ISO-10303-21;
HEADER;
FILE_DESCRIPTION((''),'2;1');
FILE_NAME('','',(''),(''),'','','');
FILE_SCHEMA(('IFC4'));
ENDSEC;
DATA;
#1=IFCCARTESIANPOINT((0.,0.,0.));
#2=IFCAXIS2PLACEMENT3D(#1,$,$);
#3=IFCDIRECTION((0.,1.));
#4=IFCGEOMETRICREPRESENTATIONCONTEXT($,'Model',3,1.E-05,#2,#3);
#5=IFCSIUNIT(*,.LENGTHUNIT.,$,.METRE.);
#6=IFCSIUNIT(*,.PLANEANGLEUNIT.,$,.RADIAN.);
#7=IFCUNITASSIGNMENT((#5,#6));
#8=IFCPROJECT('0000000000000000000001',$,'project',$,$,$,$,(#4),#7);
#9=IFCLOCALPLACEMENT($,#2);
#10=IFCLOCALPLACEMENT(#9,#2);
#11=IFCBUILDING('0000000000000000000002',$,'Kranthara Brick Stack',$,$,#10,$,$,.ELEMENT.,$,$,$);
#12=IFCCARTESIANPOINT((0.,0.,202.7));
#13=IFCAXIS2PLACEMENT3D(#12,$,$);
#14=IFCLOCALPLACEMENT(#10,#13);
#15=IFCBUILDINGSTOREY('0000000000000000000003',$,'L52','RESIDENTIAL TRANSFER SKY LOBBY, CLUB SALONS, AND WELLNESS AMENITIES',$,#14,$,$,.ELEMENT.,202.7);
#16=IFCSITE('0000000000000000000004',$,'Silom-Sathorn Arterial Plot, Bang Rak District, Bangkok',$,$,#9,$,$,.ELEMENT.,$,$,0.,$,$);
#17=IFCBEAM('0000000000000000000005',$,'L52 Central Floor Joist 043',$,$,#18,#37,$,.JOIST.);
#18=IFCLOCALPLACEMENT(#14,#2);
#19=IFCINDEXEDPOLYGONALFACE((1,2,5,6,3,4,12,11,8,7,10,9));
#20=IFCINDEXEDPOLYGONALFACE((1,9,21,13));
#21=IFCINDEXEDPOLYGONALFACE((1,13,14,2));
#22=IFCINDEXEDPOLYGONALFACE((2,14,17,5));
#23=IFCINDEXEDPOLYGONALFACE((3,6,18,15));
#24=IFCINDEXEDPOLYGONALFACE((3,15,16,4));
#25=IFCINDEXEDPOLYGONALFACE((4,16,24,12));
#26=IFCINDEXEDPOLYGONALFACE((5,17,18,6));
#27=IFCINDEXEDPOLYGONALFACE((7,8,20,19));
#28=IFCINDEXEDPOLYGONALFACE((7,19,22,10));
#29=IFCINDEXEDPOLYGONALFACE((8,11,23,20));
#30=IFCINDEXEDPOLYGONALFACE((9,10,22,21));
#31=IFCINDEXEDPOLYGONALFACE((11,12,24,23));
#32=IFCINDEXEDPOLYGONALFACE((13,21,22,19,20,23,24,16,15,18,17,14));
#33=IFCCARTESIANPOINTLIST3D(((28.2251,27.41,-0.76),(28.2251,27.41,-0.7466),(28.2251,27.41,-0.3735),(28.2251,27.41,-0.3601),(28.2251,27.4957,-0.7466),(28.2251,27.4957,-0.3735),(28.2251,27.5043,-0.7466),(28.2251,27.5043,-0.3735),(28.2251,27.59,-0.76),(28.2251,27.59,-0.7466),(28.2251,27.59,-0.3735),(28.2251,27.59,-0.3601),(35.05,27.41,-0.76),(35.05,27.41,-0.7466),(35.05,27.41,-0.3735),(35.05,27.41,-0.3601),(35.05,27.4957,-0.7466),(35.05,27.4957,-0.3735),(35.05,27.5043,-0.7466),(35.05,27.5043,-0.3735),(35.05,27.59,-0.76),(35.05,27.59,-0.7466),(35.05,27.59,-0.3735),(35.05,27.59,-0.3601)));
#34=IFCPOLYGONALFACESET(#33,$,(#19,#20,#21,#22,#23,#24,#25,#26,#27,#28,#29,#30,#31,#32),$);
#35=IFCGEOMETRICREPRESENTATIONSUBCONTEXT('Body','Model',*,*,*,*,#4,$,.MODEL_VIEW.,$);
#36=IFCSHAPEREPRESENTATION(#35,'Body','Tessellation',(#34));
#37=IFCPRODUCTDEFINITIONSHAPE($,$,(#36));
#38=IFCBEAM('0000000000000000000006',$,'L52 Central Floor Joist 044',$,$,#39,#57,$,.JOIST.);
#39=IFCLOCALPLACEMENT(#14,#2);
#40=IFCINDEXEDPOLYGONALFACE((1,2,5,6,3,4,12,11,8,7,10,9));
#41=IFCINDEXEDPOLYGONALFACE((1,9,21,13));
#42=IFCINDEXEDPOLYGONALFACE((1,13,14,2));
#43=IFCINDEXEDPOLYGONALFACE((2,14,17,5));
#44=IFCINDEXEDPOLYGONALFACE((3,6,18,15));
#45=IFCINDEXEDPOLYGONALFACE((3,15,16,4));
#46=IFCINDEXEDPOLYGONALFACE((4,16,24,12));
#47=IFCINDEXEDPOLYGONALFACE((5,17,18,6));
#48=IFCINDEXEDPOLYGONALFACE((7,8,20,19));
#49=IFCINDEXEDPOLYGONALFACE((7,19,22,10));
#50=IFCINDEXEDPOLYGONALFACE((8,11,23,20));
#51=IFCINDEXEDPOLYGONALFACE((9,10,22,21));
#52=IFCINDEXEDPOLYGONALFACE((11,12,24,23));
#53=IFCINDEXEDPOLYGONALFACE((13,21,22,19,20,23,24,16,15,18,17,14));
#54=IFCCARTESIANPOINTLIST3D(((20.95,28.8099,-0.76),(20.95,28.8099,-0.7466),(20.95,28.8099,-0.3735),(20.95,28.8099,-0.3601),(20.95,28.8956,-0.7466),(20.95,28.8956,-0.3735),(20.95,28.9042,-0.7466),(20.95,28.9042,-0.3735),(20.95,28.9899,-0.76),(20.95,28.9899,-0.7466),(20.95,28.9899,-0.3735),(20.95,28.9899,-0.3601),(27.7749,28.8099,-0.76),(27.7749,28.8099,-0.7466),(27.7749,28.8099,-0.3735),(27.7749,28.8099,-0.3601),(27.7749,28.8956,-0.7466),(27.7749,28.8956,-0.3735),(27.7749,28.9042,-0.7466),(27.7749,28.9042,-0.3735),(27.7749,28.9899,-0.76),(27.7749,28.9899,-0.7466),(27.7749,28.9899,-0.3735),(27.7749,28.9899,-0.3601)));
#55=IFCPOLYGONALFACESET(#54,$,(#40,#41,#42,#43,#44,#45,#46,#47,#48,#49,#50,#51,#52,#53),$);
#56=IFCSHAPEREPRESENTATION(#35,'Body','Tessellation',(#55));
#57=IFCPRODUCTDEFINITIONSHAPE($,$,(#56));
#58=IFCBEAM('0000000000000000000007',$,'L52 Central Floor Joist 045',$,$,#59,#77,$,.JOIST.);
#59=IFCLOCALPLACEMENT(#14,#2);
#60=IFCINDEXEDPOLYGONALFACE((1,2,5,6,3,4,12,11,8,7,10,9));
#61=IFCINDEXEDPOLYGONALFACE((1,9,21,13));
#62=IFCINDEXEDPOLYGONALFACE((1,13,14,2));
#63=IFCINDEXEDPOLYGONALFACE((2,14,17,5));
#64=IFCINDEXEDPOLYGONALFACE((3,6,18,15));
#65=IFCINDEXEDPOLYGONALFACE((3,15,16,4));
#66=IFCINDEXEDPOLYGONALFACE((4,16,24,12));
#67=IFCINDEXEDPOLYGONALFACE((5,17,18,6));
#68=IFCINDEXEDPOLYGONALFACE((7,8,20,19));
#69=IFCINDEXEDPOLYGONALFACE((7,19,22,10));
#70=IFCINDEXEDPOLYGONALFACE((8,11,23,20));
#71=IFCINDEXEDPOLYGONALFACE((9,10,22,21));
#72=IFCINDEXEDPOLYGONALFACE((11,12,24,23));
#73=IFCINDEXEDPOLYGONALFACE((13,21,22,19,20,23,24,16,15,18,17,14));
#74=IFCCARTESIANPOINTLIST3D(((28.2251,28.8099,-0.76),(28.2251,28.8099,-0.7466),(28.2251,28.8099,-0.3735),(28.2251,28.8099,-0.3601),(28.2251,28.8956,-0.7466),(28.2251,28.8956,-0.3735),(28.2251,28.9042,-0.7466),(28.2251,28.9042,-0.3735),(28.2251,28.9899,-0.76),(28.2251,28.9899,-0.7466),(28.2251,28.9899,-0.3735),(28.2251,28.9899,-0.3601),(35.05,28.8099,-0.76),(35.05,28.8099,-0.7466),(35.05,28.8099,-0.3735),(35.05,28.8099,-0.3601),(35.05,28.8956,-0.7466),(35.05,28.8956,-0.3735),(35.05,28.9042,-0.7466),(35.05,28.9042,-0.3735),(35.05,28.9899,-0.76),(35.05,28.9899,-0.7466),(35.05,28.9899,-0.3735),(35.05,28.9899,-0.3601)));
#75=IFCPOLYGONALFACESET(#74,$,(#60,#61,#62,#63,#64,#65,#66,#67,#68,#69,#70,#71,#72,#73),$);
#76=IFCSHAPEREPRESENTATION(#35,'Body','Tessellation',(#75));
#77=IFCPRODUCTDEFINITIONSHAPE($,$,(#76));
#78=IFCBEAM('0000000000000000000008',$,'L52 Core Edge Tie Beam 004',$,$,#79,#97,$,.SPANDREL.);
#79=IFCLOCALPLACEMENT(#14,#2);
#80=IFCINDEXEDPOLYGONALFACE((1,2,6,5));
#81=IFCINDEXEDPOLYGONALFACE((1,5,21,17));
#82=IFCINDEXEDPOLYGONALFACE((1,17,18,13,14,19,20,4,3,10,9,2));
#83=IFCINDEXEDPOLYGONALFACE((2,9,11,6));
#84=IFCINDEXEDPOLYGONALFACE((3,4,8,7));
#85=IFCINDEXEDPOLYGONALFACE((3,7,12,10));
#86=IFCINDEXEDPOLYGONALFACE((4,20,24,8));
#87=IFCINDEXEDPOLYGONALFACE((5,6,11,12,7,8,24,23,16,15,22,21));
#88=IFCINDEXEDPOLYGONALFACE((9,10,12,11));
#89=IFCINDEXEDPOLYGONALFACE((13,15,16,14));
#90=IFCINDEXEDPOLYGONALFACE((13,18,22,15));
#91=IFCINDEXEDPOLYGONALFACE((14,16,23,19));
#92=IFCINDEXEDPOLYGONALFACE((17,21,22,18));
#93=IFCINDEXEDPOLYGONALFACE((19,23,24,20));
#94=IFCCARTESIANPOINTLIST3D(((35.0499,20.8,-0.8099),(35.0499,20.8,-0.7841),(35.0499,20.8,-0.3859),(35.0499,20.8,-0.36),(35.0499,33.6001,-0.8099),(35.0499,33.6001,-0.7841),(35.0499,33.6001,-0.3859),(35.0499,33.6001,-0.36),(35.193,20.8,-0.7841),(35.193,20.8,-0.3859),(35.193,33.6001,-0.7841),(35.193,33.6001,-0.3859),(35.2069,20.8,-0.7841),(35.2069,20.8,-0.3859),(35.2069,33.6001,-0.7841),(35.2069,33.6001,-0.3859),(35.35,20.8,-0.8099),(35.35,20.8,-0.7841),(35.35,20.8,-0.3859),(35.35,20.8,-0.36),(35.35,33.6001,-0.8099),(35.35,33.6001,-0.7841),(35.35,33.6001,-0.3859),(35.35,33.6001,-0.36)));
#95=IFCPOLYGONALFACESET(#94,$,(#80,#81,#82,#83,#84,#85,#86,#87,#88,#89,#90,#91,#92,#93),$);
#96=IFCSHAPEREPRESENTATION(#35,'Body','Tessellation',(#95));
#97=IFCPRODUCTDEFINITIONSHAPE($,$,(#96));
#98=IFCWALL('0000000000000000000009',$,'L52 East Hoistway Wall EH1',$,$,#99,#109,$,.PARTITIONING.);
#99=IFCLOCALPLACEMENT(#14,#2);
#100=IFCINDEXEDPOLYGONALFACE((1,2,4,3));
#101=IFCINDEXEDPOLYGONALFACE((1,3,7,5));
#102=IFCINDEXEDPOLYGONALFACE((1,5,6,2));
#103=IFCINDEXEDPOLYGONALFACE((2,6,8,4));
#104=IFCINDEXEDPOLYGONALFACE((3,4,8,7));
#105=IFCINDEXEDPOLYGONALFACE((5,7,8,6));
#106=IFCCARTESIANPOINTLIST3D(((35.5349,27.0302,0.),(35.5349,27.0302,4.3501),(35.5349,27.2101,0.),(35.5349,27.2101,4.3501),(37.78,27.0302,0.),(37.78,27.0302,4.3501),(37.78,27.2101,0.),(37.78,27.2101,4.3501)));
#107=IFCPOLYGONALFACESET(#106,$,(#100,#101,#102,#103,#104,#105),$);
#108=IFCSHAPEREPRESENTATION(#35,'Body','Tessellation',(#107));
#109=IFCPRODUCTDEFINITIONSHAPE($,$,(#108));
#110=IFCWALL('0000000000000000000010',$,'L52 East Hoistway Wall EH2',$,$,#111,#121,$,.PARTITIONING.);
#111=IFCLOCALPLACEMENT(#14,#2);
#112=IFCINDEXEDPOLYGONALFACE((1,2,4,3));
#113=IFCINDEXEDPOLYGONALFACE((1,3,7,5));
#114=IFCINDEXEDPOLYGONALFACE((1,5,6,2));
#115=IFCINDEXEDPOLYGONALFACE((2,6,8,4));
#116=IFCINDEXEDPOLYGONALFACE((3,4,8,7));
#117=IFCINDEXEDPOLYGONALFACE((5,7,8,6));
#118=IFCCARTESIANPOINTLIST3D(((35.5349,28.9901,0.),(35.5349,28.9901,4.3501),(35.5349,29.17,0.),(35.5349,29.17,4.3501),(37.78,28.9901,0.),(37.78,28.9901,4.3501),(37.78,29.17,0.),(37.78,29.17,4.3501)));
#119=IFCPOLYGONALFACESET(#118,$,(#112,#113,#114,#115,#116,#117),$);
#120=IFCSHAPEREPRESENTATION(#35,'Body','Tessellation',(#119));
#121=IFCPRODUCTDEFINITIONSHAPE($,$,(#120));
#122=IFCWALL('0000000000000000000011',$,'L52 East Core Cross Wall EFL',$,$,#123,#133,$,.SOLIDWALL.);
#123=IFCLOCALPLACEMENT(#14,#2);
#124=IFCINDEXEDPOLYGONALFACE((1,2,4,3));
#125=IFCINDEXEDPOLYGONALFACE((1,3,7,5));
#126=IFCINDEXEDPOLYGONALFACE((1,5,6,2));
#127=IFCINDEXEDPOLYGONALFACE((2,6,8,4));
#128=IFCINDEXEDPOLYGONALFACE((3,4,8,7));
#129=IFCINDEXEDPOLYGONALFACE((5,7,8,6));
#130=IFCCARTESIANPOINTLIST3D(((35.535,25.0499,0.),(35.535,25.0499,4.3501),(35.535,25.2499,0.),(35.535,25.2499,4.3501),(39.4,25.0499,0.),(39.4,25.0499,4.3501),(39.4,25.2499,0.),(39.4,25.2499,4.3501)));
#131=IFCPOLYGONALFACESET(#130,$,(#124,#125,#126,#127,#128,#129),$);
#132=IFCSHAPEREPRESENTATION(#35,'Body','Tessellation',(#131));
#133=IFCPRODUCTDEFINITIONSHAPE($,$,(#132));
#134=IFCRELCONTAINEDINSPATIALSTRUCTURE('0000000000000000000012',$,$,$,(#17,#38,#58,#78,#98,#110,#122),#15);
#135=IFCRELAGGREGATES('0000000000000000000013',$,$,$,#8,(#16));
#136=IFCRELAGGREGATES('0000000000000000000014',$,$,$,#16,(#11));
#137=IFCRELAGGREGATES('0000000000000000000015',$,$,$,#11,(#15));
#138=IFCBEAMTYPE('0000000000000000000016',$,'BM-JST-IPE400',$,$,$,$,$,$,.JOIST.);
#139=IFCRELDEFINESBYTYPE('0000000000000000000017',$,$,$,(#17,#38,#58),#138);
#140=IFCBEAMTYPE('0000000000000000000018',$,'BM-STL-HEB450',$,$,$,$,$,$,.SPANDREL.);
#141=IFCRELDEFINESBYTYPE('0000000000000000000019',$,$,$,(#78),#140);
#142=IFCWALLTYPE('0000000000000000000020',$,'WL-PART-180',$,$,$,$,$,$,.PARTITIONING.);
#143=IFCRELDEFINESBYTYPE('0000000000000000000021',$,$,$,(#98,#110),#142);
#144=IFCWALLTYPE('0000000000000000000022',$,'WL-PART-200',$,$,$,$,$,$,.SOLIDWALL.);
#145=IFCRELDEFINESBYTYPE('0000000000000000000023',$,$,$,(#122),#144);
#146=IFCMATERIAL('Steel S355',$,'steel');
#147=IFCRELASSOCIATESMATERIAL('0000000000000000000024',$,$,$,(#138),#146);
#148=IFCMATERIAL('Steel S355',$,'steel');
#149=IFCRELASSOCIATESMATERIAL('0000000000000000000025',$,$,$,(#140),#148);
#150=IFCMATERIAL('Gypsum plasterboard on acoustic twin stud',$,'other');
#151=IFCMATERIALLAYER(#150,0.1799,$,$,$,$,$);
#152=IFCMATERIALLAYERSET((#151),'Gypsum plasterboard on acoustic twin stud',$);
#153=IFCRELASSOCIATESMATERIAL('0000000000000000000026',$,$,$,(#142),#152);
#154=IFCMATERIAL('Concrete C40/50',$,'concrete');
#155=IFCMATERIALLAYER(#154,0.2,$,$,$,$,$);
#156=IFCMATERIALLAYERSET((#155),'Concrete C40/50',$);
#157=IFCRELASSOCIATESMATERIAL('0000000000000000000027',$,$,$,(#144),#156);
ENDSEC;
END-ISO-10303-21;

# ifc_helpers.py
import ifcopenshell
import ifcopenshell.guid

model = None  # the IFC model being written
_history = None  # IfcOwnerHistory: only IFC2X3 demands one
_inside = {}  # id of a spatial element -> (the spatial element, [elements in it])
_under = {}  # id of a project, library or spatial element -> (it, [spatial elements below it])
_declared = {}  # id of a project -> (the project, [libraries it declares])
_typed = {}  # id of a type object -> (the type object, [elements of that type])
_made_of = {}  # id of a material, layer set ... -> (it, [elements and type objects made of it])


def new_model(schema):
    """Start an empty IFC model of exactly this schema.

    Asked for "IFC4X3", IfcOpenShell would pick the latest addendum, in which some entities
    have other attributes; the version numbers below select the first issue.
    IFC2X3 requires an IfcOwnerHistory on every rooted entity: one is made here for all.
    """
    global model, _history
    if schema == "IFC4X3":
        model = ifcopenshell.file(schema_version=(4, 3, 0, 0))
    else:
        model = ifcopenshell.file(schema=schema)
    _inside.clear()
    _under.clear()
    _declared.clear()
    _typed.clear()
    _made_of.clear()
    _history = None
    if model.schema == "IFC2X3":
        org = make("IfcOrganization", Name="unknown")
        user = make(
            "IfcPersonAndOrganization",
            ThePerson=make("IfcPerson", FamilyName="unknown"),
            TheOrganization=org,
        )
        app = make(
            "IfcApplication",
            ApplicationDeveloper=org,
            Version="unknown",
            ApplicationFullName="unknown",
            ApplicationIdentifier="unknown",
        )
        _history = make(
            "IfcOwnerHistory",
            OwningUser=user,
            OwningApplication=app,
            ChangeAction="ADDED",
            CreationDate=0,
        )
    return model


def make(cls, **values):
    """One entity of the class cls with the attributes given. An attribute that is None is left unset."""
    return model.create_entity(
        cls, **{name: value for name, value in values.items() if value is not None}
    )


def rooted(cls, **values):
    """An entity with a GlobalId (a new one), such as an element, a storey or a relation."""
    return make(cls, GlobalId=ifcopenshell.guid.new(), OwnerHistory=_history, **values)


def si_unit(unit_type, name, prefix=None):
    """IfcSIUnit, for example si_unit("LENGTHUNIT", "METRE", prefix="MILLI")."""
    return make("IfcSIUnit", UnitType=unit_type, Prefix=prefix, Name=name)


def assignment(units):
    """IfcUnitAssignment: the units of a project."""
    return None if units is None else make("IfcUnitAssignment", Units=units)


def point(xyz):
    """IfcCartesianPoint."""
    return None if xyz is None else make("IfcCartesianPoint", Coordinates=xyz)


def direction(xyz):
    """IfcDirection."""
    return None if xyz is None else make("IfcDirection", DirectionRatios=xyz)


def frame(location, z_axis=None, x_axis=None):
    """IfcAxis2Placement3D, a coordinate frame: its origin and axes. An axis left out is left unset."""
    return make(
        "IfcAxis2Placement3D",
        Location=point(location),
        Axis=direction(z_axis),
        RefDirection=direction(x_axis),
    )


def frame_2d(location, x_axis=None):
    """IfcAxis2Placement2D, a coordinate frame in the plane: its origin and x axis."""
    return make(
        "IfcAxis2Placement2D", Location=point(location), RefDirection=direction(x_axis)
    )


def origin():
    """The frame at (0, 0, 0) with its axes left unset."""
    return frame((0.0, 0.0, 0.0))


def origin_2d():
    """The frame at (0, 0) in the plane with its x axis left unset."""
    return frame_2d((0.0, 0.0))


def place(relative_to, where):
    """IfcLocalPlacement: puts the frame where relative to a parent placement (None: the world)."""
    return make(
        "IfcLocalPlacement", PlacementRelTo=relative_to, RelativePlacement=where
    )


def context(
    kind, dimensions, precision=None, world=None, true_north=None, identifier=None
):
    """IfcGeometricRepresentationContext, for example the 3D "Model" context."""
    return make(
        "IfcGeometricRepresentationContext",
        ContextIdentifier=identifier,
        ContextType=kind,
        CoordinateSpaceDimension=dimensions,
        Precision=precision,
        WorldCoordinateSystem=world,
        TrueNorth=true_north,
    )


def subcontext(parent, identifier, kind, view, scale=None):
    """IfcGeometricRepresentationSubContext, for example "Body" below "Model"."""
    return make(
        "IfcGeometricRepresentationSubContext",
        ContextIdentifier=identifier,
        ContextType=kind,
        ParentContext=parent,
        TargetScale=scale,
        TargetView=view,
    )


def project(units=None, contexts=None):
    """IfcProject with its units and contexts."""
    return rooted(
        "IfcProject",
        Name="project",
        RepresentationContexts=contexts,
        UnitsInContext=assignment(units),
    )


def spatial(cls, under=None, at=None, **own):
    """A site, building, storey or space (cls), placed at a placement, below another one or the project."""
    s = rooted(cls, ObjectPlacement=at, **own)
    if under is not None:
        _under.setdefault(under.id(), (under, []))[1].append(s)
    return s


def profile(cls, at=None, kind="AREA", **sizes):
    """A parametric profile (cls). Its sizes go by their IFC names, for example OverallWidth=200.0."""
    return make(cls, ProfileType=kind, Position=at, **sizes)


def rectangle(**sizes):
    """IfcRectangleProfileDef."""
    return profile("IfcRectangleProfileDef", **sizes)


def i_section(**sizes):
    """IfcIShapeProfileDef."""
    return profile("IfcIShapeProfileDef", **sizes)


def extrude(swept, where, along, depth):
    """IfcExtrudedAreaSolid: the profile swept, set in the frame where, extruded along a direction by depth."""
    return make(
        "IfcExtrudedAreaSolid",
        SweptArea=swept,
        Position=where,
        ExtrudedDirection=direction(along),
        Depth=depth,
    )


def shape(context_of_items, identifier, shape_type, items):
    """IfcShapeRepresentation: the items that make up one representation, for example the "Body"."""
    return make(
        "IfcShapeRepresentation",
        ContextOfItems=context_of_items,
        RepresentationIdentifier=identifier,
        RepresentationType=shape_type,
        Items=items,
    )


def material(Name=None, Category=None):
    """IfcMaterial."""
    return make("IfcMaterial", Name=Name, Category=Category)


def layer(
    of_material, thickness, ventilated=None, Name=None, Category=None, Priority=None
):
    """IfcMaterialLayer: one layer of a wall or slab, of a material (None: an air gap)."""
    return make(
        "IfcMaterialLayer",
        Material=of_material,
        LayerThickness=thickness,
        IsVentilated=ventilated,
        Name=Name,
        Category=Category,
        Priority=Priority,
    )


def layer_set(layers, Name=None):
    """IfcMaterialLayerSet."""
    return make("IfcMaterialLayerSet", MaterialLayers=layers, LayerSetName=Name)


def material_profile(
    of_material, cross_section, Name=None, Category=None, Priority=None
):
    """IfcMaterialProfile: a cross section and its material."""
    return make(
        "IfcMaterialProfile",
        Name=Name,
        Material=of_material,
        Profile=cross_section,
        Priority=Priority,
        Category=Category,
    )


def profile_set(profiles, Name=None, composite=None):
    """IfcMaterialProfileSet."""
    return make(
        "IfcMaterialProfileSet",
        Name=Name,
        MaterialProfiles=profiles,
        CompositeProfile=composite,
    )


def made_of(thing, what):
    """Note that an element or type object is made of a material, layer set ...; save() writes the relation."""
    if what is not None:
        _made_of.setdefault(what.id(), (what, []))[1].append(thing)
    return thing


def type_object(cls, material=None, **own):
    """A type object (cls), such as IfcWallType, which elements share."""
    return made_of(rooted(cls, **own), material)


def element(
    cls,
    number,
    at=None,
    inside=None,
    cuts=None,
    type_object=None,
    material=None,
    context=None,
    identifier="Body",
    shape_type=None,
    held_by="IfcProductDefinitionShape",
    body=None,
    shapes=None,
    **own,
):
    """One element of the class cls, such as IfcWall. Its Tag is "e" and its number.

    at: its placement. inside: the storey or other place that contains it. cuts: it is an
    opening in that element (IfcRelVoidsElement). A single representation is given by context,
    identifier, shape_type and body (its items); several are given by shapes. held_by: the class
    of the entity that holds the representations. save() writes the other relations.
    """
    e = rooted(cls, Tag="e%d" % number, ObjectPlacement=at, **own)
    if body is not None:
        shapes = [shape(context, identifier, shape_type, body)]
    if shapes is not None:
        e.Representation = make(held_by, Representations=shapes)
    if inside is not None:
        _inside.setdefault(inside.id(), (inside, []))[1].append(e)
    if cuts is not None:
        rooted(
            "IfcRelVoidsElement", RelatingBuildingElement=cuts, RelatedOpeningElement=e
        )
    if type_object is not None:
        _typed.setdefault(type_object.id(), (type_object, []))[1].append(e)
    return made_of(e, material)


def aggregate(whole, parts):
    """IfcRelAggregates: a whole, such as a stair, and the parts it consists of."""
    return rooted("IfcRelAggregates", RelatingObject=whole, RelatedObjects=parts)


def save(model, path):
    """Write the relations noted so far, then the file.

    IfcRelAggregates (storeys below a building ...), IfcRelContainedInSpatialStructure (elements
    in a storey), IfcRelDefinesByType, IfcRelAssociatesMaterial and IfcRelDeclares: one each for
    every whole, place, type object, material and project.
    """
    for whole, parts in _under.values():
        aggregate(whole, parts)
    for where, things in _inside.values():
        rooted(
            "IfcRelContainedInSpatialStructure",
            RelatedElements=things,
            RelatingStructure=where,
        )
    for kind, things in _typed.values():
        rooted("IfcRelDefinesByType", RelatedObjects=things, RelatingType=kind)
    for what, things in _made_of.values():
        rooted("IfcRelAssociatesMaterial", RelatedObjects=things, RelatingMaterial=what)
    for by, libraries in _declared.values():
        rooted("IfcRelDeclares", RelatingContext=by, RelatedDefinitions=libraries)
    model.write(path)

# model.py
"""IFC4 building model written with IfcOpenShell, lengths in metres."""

from ifc_helpers import new_model, si_unit, direction, frame, frame_2d, origin, origin_2d, place, context, subcontext, project, spatial, rectangle, i_section, extrude, material, layer, layer_set, material_profile, profile_set, type_object, element, save


model = new_model("IFC4")

# Units and contexts
model_context = context("Model", 3, precision=1e-05, world=origin(), true_north=direction((0.0, 1.0)))
body_context = subcontext(model_context, "Body", "Model", "MODEL_VIEW")
ifc_project = project(units=[si_unit("LENGTHUNIT", "METRE"), si_unit("PLANEANGLEUNIT", "RADIAN")], contexts=[model_context])

# Site, building, storey
site_placement = place(None, origin())
site = spatial("IfcSite", under=ifc_project, at=site_placement, Name="Silom-Sathorn Arterial Plot, Bang Rak District, Bangkok", CompositionType="ELEMENT", RefElevation=0.0)
building_placement = place(site_placement, origin())
building = spatial("IfcBuilding", under=site, at=building_placement, Name="Kranthara Brick Stack", CompositionType="ELEMENT")
storey_placement = place(building_placement, frame((0.0, 0.0, 202.7)))
storey = spatial("IfcBuildingStorey", under=building, at=storey_placement, Name="L52", Description="RESIDENTIAL TRANSFER SKY LOBBY, CLUB SALONS, AND WELLNESS AMENITIES", CompositionType="ELEMENT", Elevation=202.7)

# Beams
ifc_material_1 = material(Name="Steel S355", Category="steel")
ifc_material_profile_1 = material_profile(ifc_material_1, i_section(OverallWidth=0.1799, OverallDepth=0.3999, WebThickness=0.0085, FlangeThickness=0.0134, at=origin_2d()), Name="IPE 400")
ifc_profile_set_1 = profile_set([ifc_material_profile_1], Name="Steel S355")
beam_type_1 = type_object("IfcBeamType", Name="BM-JST-IPE400", PredefinedType="JOIST", material=ifc_profile_set_1)
for number, where, z_axis, x_axis, name in (
    (1, (28.2251, 27.5, -0.5601), (1.0, 0.0, 0.0), (0.0, 1.0, 0.0), "L52 Central Floor Joist 043"),
    (2, (20.95, 28.8999, -0.5601), (1.0, 0.0, 0.0), (0.0, 1.0, 0.0), "L52 Central Floor Joist 044"),
    (3, (28.2251, 28.8999, -0.5601), (1.0, 0.0, 0.0), (0.0, 1.0, 0.0), "L52 Central Floor Joist 045"),
):
    element("IfcBeam", number, at=place(storey_placement, frame(where, z_axis=z_axis, x_axis=x_axis)), inside=storey, type_object=beam_type_1, Name=name, PredefinedType="JOIST", context=body_context, shape_type="SweptSolid", body=[
        extrude(i_section(OverallWidth=0.1799, OverallDepth=0.3999, WebThickness=0.0085, FlangeThickness=0.0134, at=origin_2d()), origin(), (0.0, 0.0, 1.0), 6.825),
    ])
ifc_material_2 = material(Name="Steel S355", Category="steel")
ifc_material_profile_2 = material_profile(ifc_material_2, i_section(OverallWidth=0.3, OverallDepth=0.45, WebThickness=0.0139, FlangeThickness=0.0259, at=origin_2d()), Name="HEB 450")
ifc_profile_set_2 = profile_set([ifc_material_profile_2], Name="Steel S355")
beam_type_2 = type_object("IfcBeamType", Name="BM-STL-HEB450", PredefinedType="SPANDREL", material=ifc_profile_set_2)
beam_1_placement = place(storey_placement, frame((35.2, 20.8, -0.585), z_axis=(0.0, 1.0, 0.0), x_axis=(-1.0, 0.0, 0.0)))
element("IfcBeam", 4, at=beam_1_placement, inside=storey, type_object=beam_type_2, Name="L52 Core Edge Tie Beam 004", PredefinedType="SPANDREL", context=body_context, shape_type="SweptSolid", body=[
    extrude(i_section(OverallWidth=0.3, OverallDepth=0.45, WebThickness=0.0139, FlangeThickness=0.0259, at=origin_2d()), origin(), (0.0, 0.0, 1.0), 12.8),
])

# Walls
ifc_material_3 = material(Name="Gypsum plasterboard on acoustic twin stud", Category="other")
ifc_layer_1 = layer(ifc_material_3, 0.1799)
ifc_layer_set_1 = layer_set([ifc_layer_1], Name="Gypsum plasterboard on acoustic twin stud")
wall_type_1 = type_object("IfcWallType", Name="WL-PART-180", PredefinedType="PARTITIONING", material=ifc_layer_set_1)
for number, where, z_axis, x_axis, name in (
    (5, (35.5349, 27.1201, 0.0), (0.0, 0.0, 1.0), (1.0, 0.0, 0.0), "L52 East Hoistway Wall EH1"),
    (6, (35.5349, 29.0801, 0.0), (0.0, 0.0, 1.0), (1.0, 0.0, 0.0), "L52 East Hoistway Wall EH2"),
):
    element("IfcWall", number, at=place(storey_placement, frame(where, z_axis=z_axis, x_axis=x_axis)), inside=storey, type_object=wall_type_1, Name=name, PredefinedType="PARTITIONING", context=body_context, shape_type="SweptSolid", body=[
        extrude(rectangle(XDim=2.2451, YDim=0.1799, at=frame_2d((1.1226, 0.0))), origin(), (0.0, 0.0, 1.0), 4.3501),
    ])
ifc_material_4 = material(Name="Concrete C40/50", Category="concrete")
ifc_layer_2 = layer(ifc_material_4, 0.2)
ifc_layer_set_2 = layer_set([ifc_layer_2], Name="Concrete C40/50")
wall_type_2 = type_object("IfcWallType", Name="WL-PART-200", PredefinedType="SOLIDWALL", material=ifc_layer_set_2)
wall_1_placement = place(storey_placement, frame((35.5349, 25.1499, 0.0), z_axis=(0.0, 0.0, 1.0), x_axis=(1.0, 0.0, 0.0)))
element("IfcWall", 7, at=wall_1_placement, inside=storey, type_object=wall_type_2, Name="L52 East Core Cross Wall EFL", PredefinedType="SOLIDWALL", context=body_context, shape_type="SweptSolid", body=[
    extrude(rectangle(XDim=3.865, YDim=0.2, at=frame_2d((1.9326, 0.0))), origin(), (0.0, 0.0, 1.0), 4.3501),
])

save(model, "model.ifc")
